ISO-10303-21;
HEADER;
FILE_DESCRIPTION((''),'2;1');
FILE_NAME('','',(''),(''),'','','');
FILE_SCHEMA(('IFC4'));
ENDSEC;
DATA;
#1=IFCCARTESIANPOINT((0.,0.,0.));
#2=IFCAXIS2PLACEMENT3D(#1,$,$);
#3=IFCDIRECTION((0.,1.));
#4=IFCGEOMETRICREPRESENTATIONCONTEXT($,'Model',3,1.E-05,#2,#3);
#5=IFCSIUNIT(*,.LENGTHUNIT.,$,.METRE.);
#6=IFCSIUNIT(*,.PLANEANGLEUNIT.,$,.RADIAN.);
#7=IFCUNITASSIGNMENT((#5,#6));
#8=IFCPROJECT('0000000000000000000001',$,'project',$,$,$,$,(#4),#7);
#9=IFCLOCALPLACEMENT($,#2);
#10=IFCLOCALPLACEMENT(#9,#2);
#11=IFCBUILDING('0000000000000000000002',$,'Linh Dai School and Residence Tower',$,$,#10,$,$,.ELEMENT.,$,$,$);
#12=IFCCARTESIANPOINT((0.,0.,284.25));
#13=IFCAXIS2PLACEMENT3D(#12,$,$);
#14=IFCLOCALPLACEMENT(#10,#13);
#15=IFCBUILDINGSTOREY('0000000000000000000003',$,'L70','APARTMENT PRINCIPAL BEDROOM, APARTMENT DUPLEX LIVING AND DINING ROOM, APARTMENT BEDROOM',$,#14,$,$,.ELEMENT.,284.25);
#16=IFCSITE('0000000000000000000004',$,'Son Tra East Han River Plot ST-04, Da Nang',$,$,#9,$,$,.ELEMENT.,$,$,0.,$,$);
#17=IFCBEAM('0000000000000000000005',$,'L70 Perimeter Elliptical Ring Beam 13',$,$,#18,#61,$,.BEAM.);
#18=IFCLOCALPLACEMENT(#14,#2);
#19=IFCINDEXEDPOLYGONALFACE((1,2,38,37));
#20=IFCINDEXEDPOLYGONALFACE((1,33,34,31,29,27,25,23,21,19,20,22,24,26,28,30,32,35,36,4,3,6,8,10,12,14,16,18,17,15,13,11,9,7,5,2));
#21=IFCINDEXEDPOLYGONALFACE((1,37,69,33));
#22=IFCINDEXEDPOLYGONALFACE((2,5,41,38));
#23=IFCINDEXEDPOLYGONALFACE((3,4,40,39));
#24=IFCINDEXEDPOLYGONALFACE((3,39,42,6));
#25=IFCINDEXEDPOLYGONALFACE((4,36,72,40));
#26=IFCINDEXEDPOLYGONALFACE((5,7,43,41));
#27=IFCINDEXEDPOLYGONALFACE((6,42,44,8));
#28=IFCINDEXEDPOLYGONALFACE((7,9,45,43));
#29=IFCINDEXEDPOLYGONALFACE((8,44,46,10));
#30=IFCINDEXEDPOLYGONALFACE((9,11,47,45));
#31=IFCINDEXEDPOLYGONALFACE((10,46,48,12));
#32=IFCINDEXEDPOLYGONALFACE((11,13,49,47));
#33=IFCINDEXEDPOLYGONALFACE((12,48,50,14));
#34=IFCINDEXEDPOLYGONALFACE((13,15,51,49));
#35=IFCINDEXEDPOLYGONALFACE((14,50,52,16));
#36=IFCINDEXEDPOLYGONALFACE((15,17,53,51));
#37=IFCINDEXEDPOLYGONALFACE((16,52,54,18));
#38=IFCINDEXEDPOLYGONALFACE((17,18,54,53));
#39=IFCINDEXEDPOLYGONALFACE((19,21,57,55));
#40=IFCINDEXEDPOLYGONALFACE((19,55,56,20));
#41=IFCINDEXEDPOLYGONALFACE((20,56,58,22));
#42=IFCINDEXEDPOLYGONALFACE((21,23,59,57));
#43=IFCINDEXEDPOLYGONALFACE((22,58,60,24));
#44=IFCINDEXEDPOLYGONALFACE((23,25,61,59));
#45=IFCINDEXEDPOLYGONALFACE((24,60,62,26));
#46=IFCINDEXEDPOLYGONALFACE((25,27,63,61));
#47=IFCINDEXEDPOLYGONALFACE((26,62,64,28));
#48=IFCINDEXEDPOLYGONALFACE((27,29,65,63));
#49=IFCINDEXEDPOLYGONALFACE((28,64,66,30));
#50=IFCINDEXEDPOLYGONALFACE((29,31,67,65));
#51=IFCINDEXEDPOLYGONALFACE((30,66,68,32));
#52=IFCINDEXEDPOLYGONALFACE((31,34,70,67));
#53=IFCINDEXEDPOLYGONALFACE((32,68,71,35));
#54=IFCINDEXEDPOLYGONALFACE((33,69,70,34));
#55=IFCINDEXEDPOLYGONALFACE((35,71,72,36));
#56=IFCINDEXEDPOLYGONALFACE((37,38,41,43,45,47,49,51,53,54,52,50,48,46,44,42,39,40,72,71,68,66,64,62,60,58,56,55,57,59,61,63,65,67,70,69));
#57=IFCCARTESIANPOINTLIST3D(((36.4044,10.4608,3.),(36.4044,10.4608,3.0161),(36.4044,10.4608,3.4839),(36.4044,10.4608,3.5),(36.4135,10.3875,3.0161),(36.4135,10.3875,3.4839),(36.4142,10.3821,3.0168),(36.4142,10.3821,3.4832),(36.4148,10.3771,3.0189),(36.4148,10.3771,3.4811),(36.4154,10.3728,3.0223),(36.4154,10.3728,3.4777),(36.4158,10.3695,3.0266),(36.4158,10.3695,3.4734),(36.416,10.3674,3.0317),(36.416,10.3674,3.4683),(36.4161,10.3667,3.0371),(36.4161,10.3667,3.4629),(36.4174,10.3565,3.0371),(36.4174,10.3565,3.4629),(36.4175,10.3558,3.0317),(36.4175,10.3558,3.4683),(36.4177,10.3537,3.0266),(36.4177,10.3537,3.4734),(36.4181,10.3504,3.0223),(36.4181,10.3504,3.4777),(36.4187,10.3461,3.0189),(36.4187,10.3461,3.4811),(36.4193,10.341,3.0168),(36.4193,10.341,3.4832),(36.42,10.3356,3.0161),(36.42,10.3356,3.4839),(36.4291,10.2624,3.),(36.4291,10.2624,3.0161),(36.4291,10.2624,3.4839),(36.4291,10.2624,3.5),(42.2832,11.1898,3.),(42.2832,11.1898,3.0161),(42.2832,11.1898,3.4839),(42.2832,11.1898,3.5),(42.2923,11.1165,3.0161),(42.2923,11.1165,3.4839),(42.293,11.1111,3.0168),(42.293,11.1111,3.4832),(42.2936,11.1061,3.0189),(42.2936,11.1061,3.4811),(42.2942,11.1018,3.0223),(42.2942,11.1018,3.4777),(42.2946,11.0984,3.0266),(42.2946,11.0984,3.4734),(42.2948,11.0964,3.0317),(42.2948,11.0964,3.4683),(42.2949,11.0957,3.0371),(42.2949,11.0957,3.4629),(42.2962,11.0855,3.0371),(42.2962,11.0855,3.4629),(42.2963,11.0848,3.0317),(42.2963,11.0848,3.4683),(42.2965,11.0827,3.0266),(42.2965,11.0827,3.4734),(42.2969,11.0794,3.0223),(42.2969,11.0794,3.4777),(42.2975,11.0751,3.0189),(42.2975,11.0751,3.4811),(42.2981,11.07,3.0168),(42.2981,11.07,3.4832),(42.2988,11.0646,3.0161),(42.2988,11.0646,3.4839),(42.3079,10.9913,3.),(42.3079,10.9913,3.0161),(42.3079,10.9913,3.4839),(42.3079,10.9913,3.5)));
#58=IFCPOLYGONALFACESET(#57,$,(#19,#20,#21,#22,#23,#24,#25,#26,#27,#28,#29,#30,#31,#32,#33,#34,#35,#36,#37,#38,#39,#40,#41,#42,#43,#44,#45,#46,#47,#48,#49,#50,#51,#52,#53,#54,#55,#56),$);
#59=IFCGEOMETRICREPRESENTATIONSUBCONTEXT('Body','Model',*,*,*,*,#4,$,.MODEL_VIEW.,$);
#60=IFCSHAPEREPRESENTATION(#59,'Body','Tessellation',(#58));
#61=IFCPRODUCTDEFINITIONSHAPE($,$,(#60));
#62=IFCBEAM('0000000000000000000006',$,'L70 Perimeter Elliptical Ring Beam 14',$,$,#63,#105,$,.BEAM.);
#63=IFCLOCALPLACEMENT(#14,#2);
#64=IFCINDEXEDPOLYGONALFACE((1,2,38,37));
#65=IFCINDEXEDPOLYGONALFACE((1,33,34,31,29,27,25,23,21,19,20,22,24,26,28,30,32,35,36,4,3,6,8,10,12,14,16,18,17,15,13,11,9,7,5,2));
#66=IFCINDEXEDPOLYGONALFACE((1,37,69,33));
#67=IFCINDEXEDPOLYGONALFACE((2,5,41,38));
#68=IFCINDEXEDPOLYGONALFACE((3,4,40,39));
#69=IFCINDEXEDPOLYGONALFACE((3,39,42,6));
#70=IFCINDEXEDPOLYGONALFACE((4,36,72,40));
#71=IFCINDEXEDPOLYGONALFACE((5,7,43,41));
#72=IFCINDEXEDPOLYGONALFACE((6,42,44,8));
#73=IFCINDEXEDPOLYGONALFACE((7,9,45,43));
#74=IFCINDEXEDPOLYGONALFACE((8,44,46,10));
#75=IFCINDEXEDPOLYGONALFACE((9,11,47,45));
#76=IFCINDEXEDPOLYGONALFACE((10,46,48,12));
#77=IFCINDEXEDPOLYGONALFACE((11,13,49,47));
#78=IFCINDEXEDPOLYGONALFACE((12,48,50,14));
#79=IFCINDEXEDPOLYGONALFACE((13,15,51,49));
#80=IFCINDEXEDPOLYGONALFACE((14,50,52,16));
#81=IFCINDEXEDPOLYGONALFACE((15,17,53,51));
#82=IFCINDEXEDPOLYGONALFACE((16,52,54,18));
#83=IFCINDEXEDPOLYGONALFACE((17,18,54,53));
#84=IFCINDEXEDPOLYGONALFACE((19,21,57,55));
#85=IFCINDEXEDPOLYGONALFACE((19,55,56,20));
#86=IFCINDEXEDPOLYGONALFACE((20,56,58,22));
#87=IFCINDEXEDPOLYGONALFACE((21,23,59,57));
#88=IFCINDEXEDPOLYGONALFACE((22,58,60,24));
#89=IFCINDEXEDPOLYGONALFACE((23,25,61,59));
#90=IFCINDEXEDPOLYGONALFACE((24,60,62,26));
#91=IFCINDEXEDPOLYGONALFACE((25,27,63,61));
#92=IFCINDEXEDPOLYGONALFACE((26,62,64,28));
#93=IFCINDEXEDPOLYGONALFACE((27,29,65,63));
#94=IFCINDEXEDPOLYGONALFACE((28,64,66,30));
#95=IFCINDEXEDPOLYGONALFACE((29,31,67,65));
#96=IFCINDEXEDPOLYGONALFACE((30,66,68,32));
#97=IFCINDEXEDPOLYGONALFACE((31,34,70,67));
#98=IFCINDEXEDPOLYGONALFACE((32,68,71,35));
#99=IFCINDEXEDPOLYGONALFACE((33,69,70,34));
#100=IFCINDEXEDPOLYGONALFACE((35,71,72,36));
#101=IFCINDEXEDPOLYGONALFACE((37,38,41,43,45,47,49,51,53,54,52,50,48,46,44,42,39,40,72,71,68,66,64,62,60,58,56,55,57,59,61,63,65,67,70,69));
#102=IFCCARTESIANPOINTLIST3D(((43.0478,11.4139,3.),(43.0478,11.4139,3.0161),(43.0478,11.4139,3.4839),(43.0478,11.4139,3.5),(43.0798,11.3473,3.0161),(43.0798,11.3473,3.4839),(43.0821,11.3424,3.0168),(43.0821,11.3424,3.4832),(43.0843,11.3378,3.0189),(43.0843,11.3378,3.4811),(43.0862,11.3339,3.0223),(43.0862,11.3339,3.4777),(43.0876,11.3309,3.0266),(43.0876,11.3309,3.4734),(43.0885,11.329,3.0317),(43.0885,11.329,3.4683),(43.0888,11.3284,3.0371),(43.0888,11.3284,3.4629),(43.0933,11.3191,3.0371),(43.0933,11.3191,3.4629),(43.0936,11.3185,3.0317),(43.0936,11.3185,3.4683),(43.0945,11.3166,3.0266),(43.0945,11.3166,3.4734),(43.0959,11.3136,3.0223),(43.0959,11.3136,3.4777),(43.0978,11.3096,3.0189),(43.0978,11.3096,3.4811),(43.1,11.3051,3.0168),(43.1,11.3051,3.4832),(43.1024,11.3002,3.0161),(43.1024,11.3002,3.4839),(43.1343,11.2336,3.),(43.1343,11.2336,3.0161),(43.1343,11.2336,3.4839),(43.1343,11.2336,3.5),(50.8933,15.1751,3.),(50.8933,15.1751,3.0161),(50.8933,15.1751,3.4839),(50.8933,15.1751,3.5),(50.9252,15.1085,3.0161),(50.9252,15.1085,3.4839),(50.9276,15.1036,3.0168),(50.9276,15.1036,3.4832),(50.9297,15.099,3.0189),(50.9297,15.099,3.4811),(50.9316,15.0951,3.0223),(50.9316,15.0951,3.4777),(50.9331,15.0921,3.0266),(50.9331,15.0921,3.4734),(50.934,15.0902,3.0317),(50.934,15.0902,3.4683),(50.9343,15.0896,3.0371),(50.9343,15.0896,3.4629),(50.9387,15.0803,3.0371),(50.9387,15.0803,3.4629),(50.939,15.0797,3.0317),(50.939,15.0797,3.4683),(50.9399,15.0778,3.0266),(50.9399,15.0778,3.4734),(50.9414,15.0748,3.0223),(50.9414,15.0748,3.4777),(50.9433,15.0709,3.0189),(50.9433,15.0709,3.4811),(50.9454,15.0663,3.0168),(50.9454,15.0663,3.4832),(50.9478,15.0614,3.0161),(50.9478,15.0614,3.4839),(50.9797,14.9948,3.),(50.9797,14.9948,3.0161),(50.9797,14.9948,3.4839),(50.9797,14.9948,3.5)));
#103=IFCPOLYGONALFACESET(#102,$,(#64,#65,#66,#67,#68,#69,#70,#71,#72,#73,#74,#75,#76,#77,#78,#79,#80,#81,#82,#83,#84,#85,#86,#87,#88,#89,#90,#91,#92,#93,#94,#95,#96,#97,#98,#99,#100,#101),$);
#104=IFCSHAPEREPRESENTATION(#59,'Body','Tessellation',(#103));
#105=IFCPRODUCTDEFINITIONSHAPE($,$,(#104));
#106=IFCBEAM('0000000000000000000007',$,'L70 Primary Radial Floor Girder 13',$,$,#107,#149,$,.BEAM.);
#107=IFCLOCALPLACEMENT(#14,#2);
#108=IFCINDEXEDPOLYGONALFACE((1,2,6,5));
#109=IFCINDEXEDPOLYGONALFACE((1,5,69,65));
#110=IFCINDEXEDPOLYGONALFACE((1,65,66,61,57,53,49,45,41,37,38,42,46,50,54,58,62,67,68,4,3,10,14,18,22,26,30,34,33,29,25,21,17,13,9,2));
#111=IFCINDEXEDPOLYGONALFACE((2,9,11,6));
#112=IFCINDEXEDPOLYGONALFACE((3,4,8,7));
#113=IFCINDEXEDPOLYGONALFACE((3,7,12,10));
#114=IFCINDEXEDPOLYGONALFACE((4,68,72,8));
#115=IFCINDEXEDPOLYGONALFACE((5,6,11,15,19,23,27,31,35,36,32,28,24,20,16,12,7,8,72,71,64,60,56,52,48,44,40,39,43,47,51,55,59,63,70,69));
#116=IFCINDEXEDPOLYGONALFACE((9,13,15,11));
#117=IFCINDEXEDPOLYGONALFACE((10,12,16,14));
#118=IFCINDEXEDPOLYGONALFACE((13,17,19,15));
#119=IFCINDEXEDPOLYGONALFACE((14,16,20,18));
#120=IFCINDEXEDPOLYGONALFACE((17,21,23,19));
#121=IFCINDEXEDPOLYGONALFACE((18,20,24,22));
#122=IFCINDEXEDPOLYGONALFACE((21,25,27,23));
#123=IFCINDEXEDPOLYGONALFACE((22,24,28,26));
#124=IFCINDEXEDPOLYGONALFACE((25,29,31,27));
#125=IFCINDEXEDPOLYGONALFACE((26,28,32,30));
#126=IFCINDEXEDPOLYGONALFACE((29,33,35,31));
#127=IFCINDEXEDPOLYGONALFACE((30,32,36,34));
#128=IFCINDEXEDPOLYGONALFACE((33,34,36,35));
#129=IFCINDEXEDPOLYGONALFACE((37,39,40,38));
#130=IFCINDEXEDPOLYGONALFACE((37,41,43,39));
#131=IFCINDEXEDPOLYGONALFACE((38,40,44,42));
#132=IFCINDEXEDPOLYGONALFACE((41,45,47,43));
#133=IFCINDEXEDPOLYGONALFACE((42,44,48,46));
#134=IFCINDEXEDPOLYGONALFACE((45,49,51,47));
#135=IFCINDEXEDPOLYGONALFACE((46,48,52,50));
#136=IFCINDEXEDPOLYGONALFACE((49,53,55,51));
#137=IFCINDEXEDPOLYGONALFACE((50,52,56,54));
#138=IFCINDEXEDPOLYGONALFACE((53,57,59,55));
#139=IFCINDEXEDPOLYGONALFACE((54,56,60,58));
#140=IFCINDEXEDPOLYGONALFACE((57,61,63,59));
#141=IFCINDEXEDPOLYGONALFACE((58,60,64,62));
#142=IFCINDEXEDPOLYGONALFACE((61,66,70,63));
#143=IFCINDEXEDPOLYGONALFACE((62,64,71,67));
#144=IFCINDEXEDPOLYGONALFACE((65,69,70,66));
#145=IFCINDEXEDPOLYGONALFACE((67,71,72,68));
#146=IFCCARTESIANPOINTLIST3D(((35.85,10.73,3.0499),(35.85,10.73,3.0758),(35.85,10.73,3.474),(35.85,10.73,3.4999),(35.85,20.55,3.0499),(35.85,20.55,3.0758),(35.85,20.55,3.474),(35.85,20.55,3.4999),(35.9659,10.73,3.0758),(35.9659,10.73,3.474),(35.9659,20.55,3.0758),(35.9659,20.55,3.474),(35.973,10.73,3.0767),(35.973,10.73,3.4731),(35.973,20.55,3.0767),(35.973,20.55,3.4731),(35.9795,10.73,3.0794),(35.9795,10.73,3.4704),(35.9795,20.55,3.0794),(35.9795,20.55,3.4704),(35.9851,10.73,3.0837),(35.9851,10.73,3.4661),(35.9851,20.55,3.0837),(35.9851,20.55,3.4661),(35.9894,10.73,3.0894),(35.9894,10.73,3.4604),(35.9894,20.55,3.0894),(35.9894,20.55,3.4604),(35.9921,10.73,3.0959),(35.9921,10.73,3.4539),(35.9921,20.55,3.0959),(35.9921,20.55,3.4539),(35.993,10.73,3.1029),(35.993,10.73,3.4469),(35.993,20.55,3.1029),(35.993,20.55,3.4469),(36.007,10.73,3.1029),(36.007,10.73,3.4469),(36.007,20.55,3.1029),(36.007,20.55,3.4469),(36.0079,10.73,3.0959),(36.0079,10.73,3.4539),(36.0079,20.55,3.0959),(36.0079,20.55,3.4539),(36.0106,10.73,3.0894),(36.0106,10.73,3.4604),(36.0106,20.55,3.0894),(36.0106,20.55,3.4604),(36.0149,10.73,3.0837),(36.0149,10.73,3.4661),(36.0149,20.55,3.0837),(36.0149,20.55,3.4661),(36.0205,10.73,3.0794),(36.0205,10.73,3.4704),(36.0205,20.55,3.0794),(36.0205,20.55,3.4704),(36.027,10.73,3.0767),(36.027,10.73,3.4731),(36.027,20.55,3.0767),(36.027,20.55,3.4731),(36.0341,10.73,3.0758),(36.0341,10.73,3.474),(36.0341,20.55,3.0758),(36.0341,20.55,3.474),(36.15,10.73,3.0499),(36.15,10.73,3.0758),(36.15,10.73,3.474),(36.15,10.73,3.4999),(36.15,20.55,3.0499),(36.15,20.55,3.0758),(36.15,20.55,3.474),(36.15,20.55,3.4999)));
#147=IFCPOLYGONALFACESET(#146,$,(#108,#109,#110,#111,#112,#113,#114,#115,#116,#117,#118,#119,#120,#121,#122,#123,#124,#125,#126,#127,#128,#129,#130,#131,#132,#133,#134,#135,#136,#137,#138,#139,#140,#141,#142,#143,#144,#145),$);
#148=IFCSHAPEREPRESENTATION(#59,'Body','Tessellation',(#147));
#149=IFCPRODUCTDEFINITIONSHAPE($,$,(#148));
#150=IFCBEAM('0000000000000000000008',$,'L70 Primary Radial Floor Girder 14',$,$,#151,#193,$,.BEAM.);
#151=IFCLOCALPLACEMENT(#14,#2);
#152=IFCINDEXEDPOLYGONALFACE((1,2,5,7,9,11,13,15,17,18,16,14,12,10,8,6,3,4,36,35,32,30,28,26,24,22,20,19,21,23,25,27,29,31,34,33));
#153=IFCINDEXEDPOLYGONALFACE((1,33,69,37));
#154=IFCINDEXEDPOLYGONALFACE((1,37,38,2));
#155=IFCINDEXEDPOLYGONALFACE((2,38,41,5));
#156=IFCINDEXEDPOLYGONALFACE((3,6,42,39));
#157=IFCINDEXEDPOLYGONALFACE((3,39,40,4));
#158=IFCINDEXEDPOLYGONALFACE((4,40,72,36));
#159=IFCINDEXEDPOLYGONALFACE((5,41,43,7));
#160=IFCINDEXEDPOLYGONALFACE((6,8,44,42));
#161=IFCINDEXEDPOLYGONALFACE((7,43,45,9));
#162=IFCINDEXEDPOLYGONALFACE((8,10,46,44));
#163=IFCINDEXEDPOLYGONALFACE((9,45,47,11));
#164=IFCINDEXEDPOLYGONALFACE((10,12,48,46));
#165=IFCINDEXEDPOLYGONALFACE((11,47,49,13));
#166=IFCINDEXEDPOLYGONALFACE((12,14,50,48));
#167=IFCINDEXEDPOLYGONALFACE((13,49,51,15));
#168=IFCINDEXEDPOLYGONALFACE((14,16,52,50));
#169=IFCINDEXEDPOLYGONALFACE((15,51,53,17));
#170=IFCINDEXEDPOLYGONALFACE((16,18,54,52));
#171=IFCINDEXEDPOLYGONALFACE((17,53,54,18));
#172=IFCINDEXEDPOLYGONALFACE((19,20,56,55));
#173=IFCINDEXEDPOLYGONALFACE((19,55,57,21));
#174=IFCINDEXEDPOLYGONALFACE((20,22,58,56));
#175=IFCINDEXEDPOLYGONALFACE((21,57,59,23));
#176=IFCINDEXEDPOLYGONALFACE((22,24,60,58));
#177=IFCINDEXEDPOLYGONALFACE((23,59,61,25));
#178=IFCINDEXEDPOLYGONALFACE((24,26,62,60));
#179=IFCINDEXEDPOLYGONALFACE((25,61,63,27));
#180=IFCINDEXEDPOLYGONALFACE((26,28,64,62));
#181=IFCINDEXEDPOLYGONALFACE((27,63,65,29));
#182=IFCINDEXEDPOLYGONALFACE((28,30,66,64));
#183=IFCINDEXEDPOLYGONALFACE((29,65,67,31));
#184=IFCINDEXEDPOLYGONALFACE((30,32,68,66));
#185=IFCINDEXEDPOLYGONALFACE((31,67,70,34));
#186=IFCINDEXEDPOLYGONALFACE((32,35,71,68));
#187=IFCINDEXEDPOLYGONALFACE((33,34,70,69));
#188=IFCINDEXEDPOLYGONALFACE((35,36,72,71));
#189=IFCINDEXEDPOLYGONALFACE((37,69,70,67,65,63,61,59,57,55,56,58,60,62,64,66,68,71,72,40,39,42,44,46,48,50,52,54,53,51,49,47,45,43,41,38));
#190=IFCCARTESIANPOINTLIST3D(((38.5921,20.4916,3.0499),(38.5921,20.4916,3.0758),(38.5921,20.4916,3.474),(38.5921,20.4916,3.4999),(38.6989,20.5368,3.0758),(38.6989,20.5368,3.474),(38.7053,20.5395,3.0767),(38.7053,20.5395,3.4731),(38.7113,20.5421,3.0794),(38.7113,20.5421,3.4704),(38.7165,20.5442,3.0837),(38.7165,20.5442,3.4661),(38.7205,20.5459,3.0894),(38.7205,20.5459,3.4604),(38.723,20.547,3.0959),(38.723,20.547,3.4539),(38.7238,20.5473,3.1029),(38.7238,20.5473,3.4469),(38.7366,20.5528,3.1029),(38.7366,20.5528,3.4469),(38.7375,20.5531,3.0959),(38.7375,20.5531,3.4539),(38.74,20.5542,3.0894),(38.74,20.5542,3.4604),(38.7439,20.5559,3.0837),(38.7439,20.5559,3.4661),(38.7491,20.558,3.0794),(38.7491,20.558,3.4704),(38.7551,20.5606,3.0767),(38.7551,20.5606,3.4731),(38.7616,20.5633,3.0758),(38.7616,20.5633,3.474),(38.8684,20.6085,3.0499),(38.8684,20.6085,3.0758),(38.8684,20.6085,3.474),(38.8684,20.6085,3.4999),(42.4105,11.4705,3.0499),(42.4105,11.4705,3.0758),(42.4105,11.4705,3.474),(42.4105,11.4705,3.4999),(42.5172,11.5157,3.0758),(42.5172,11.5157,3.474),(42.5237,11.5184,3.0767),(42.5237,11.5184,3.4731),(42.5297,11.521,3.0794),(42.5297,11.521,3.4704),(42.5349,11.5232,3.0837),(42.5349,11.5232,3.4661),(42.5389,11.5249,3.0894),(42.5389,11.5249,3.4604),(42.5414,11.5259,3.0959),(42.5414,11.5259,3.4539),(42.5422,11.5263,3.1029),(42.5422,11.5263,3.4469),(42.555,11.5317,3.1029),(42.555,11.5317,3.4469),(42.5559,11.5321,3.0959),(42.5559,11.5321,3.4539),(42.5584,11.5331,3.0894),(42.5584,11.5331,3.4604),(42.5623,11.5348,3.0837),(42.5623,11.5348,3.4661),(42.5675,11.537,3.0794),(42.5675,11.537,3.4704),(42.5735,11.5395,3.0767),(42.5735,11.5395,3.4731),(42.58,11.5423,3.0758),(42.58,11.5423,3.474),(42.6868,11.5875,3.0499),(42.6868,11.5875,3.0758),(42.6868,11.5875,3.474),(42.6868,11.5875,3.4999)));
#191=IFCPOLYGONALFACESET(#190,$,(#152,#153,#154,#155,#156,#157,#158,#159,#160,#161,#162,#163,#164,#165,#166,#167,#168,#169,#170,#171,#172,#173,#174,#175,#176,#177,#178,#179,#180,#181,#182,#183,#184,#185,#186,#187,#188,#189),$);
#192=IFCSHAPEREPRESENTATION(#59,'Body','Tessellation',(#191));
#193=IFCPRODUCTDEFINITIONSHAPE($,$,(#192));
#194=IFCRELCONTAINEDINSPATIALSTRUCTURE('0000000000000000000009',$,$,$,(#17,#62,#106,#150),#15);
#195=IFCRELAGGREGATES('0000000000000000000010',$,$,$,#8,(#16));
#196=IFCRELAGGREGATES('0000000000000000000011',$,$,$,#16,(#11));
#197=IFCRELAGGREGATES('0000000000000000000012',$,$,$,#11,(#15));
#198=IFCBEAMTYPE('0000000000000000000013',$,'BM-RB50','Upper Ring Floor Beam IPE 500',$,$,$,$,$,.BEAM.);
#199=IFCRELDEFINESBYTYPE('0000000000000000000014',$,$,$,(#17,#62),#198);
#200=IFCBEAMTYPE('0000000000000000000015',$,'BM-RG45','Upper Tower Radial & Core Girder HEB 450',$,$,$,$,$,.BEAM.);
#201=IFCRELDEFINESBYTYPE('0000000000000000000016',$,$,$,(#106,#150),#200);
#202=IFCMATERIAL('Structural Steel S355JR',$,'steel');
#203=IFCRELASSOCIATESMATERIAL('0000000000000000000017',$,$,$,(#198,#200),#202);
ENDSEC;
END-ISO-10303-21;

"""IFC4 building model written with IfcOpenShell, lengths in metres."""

from ifc_helpers import new_model, si_unit, direction, frame, origin, origin_2d, place, context, subcontext, project, spatial, i_section, extrude, material, material_profile, profile_set, type_object, element, save


model = new_model("IFC4")

# Units and contexts
model_context = context("Model", 3, precision=1e-05, world=origin(), true_north=direction((0.0, 1.0)))
body_context = subcontext(model_context, "Body", "Model", "MODEL_VIEW")
ifc_project = project(units=[si_unit("LENGTHUNIT", "METRE"), si_unit("PLANEANGLEUNIT", "RADIAN")], contexts=[model_context])

# Site, building, storey
site_placement = place(None, origin())
site = spatial("IfcSite", under=ifc_project, at=site_placement, Name="Son Tra East Han River Plot ST-04, Da Nang", CompositionType="ELEMENT", RefElevation=0.0)
building_placement = place(site_placement, origin())
building = spatial("IfcBuilding", under=site, at=building_placement, Name="Linh Dai School and Residence Tower", CompositionType="ELEMENT")
storey_placement = place(building_placement, frame((0.0, 0.0, 284.25)))
storey = spatial("IfcBuildingStorey", under=building, at=storey_placement, Name="L70", Description="APARTMENT PRINCIPAL BEDROOM, APARTMENT DUPLEX LIVING AND DINING ROOM, APARTMENT BEDROOM", CompositionType="ELEMENT", Elevation=284.25)

# Shared definitions
ifc_material_1 = material(Name="Structural Steel S355JR", Category="steel")

# Beams
ifc_material_profile_1 = material_profile(ifc_material_1, i_section(OverallWidth=0.2, OverallDepth=0.5, WebThickness=0.0103, FlangeThickness=0.0161, FilletRadius=0.021, at=origin_2d()), Name="IPE 500")
ifc_profile_set_1 = profile_set([ifc_material_profile_1], Name="Structural Steel S355JR")
beam_type_1 = type_object("IfcBeamType", Name="BM-RB50", Description="Upper Ring Floor Beam IPE 500", PredefinedType="BEAM", material=ifc_profile_set_1)
beam_1_placement = place(storey_placement, frame((36.4167, 10.3616, 3.25), z_axis=(0.992399, 0.123061, 0.0), x_axis=(-0.123061, 0.992399, 0.0)))
element("IfcBeam", 1, at=beam_1_placement, inside=storey, type_object=beam_type_1, Name="L70 Perimeter Elliptical Ring Beam 13", PredefinedType="BEAM", context=body_context, shape_type="SweptSolid", body=[
    extrude(i_section(OverallWidth=0.2, OverallDepth=0.5, WebThickness=0.0103, FlangeThickness=0.0161, FilletRadius=0.021, at=origin_2d()), origin(), (0.0, 0.0, 1.0), 5.9238),
])
beam_2_placement = place(storey_placement, frame((43.0911, 11.3237, 3.25), z_axis=(0.901729, 0.432302, 0.0), x_axis=(-0.432302, 0.901729, 0.0)))
element("IfcBeam", 2, at=beam_2_placement, inside=storey, type_object=beam_type_1, Name="L70 Perimeter Elliptical Ring Beam 14", PredefinedType="BEAM", context=body_context, shape_type="SweptSolid", body=[
    extrude(i_section(OverallWidth=0.2, OverallDepth=0.5, WebThickness=0.0103, FlangeThickness=0.0161, FilletRadius=0.021, at=origin_2d()), origin(), (0.0, 0.0, 1.0), 8.7004),
])
ifc_material_profile_2 = material_profile(ifc_material_1, i_section(OverallWidth=0.3, OverallDepth=0.45, WebThickness=0.0139, FlangeThickness=0.0259, FilletRadius=0.0271, at=origin_2d()), Name="HEB 450")
ifc_profile_set_2 = profile_set([ifc_material_profile_2], Name="Structural Steel S355JR")
beam_type_2 = type_object("IfcBeamType", Name="BM-RG45", Description="Upper Tower Radial & Core Girder HEB 450", PredefinedType="BEAM", material=ifc_profile_set_2)
beam_3_placement = place(storey_placement, frame((36.0, 20.55, 3.2749), z_axis=(0.0, -1.0, 0.0), x_axis=(1.0, 0.0, 0.0)))
element("IfcBeam", 3, at=beam_3_placement, inside=storey, type_object=beam_type_2, Name="L70 Primary Radial Floor Girder 13", PredefinedType="BEAM", context=body_context, shape_type="SweptSolid", body=[
    extrude(i_section(OverallWidth=0.3, OverallDepth=0.45, WebThickness=0.0139, FlangeThickness=0.0259, FilletRadius=0.0271, at=origin_2d()), origin(), (0.0, 0.0, 1.0), 9.8201),
])
beam_4_placement = place(storey_placement, frame((38.7302, 20.55, 3.2749), z_axis=(0.389794, -0.920902, 0.0), x_axis=(0.920902, 0.389794, 0.0)))
element("IfcBeam", 4, at=beam_4_placement, inside=storey, type_object=beam_type_2, Name="L70 Primary Radial Floor Girder 14", PredefinedType="BEAM", context=body_context, shape_type="SweptSolid", body=[
    extrude(i_section(OverallWidth=0.3, OverallDepth=0.45, WebThickness=0.0139, FlangeThickness=0.0259, FilletRadius=0.0271, at=origin_2d()), origin(), (0.0, 0.0, 1.0), 9.7959),
])

save(model, "model.ifc")
